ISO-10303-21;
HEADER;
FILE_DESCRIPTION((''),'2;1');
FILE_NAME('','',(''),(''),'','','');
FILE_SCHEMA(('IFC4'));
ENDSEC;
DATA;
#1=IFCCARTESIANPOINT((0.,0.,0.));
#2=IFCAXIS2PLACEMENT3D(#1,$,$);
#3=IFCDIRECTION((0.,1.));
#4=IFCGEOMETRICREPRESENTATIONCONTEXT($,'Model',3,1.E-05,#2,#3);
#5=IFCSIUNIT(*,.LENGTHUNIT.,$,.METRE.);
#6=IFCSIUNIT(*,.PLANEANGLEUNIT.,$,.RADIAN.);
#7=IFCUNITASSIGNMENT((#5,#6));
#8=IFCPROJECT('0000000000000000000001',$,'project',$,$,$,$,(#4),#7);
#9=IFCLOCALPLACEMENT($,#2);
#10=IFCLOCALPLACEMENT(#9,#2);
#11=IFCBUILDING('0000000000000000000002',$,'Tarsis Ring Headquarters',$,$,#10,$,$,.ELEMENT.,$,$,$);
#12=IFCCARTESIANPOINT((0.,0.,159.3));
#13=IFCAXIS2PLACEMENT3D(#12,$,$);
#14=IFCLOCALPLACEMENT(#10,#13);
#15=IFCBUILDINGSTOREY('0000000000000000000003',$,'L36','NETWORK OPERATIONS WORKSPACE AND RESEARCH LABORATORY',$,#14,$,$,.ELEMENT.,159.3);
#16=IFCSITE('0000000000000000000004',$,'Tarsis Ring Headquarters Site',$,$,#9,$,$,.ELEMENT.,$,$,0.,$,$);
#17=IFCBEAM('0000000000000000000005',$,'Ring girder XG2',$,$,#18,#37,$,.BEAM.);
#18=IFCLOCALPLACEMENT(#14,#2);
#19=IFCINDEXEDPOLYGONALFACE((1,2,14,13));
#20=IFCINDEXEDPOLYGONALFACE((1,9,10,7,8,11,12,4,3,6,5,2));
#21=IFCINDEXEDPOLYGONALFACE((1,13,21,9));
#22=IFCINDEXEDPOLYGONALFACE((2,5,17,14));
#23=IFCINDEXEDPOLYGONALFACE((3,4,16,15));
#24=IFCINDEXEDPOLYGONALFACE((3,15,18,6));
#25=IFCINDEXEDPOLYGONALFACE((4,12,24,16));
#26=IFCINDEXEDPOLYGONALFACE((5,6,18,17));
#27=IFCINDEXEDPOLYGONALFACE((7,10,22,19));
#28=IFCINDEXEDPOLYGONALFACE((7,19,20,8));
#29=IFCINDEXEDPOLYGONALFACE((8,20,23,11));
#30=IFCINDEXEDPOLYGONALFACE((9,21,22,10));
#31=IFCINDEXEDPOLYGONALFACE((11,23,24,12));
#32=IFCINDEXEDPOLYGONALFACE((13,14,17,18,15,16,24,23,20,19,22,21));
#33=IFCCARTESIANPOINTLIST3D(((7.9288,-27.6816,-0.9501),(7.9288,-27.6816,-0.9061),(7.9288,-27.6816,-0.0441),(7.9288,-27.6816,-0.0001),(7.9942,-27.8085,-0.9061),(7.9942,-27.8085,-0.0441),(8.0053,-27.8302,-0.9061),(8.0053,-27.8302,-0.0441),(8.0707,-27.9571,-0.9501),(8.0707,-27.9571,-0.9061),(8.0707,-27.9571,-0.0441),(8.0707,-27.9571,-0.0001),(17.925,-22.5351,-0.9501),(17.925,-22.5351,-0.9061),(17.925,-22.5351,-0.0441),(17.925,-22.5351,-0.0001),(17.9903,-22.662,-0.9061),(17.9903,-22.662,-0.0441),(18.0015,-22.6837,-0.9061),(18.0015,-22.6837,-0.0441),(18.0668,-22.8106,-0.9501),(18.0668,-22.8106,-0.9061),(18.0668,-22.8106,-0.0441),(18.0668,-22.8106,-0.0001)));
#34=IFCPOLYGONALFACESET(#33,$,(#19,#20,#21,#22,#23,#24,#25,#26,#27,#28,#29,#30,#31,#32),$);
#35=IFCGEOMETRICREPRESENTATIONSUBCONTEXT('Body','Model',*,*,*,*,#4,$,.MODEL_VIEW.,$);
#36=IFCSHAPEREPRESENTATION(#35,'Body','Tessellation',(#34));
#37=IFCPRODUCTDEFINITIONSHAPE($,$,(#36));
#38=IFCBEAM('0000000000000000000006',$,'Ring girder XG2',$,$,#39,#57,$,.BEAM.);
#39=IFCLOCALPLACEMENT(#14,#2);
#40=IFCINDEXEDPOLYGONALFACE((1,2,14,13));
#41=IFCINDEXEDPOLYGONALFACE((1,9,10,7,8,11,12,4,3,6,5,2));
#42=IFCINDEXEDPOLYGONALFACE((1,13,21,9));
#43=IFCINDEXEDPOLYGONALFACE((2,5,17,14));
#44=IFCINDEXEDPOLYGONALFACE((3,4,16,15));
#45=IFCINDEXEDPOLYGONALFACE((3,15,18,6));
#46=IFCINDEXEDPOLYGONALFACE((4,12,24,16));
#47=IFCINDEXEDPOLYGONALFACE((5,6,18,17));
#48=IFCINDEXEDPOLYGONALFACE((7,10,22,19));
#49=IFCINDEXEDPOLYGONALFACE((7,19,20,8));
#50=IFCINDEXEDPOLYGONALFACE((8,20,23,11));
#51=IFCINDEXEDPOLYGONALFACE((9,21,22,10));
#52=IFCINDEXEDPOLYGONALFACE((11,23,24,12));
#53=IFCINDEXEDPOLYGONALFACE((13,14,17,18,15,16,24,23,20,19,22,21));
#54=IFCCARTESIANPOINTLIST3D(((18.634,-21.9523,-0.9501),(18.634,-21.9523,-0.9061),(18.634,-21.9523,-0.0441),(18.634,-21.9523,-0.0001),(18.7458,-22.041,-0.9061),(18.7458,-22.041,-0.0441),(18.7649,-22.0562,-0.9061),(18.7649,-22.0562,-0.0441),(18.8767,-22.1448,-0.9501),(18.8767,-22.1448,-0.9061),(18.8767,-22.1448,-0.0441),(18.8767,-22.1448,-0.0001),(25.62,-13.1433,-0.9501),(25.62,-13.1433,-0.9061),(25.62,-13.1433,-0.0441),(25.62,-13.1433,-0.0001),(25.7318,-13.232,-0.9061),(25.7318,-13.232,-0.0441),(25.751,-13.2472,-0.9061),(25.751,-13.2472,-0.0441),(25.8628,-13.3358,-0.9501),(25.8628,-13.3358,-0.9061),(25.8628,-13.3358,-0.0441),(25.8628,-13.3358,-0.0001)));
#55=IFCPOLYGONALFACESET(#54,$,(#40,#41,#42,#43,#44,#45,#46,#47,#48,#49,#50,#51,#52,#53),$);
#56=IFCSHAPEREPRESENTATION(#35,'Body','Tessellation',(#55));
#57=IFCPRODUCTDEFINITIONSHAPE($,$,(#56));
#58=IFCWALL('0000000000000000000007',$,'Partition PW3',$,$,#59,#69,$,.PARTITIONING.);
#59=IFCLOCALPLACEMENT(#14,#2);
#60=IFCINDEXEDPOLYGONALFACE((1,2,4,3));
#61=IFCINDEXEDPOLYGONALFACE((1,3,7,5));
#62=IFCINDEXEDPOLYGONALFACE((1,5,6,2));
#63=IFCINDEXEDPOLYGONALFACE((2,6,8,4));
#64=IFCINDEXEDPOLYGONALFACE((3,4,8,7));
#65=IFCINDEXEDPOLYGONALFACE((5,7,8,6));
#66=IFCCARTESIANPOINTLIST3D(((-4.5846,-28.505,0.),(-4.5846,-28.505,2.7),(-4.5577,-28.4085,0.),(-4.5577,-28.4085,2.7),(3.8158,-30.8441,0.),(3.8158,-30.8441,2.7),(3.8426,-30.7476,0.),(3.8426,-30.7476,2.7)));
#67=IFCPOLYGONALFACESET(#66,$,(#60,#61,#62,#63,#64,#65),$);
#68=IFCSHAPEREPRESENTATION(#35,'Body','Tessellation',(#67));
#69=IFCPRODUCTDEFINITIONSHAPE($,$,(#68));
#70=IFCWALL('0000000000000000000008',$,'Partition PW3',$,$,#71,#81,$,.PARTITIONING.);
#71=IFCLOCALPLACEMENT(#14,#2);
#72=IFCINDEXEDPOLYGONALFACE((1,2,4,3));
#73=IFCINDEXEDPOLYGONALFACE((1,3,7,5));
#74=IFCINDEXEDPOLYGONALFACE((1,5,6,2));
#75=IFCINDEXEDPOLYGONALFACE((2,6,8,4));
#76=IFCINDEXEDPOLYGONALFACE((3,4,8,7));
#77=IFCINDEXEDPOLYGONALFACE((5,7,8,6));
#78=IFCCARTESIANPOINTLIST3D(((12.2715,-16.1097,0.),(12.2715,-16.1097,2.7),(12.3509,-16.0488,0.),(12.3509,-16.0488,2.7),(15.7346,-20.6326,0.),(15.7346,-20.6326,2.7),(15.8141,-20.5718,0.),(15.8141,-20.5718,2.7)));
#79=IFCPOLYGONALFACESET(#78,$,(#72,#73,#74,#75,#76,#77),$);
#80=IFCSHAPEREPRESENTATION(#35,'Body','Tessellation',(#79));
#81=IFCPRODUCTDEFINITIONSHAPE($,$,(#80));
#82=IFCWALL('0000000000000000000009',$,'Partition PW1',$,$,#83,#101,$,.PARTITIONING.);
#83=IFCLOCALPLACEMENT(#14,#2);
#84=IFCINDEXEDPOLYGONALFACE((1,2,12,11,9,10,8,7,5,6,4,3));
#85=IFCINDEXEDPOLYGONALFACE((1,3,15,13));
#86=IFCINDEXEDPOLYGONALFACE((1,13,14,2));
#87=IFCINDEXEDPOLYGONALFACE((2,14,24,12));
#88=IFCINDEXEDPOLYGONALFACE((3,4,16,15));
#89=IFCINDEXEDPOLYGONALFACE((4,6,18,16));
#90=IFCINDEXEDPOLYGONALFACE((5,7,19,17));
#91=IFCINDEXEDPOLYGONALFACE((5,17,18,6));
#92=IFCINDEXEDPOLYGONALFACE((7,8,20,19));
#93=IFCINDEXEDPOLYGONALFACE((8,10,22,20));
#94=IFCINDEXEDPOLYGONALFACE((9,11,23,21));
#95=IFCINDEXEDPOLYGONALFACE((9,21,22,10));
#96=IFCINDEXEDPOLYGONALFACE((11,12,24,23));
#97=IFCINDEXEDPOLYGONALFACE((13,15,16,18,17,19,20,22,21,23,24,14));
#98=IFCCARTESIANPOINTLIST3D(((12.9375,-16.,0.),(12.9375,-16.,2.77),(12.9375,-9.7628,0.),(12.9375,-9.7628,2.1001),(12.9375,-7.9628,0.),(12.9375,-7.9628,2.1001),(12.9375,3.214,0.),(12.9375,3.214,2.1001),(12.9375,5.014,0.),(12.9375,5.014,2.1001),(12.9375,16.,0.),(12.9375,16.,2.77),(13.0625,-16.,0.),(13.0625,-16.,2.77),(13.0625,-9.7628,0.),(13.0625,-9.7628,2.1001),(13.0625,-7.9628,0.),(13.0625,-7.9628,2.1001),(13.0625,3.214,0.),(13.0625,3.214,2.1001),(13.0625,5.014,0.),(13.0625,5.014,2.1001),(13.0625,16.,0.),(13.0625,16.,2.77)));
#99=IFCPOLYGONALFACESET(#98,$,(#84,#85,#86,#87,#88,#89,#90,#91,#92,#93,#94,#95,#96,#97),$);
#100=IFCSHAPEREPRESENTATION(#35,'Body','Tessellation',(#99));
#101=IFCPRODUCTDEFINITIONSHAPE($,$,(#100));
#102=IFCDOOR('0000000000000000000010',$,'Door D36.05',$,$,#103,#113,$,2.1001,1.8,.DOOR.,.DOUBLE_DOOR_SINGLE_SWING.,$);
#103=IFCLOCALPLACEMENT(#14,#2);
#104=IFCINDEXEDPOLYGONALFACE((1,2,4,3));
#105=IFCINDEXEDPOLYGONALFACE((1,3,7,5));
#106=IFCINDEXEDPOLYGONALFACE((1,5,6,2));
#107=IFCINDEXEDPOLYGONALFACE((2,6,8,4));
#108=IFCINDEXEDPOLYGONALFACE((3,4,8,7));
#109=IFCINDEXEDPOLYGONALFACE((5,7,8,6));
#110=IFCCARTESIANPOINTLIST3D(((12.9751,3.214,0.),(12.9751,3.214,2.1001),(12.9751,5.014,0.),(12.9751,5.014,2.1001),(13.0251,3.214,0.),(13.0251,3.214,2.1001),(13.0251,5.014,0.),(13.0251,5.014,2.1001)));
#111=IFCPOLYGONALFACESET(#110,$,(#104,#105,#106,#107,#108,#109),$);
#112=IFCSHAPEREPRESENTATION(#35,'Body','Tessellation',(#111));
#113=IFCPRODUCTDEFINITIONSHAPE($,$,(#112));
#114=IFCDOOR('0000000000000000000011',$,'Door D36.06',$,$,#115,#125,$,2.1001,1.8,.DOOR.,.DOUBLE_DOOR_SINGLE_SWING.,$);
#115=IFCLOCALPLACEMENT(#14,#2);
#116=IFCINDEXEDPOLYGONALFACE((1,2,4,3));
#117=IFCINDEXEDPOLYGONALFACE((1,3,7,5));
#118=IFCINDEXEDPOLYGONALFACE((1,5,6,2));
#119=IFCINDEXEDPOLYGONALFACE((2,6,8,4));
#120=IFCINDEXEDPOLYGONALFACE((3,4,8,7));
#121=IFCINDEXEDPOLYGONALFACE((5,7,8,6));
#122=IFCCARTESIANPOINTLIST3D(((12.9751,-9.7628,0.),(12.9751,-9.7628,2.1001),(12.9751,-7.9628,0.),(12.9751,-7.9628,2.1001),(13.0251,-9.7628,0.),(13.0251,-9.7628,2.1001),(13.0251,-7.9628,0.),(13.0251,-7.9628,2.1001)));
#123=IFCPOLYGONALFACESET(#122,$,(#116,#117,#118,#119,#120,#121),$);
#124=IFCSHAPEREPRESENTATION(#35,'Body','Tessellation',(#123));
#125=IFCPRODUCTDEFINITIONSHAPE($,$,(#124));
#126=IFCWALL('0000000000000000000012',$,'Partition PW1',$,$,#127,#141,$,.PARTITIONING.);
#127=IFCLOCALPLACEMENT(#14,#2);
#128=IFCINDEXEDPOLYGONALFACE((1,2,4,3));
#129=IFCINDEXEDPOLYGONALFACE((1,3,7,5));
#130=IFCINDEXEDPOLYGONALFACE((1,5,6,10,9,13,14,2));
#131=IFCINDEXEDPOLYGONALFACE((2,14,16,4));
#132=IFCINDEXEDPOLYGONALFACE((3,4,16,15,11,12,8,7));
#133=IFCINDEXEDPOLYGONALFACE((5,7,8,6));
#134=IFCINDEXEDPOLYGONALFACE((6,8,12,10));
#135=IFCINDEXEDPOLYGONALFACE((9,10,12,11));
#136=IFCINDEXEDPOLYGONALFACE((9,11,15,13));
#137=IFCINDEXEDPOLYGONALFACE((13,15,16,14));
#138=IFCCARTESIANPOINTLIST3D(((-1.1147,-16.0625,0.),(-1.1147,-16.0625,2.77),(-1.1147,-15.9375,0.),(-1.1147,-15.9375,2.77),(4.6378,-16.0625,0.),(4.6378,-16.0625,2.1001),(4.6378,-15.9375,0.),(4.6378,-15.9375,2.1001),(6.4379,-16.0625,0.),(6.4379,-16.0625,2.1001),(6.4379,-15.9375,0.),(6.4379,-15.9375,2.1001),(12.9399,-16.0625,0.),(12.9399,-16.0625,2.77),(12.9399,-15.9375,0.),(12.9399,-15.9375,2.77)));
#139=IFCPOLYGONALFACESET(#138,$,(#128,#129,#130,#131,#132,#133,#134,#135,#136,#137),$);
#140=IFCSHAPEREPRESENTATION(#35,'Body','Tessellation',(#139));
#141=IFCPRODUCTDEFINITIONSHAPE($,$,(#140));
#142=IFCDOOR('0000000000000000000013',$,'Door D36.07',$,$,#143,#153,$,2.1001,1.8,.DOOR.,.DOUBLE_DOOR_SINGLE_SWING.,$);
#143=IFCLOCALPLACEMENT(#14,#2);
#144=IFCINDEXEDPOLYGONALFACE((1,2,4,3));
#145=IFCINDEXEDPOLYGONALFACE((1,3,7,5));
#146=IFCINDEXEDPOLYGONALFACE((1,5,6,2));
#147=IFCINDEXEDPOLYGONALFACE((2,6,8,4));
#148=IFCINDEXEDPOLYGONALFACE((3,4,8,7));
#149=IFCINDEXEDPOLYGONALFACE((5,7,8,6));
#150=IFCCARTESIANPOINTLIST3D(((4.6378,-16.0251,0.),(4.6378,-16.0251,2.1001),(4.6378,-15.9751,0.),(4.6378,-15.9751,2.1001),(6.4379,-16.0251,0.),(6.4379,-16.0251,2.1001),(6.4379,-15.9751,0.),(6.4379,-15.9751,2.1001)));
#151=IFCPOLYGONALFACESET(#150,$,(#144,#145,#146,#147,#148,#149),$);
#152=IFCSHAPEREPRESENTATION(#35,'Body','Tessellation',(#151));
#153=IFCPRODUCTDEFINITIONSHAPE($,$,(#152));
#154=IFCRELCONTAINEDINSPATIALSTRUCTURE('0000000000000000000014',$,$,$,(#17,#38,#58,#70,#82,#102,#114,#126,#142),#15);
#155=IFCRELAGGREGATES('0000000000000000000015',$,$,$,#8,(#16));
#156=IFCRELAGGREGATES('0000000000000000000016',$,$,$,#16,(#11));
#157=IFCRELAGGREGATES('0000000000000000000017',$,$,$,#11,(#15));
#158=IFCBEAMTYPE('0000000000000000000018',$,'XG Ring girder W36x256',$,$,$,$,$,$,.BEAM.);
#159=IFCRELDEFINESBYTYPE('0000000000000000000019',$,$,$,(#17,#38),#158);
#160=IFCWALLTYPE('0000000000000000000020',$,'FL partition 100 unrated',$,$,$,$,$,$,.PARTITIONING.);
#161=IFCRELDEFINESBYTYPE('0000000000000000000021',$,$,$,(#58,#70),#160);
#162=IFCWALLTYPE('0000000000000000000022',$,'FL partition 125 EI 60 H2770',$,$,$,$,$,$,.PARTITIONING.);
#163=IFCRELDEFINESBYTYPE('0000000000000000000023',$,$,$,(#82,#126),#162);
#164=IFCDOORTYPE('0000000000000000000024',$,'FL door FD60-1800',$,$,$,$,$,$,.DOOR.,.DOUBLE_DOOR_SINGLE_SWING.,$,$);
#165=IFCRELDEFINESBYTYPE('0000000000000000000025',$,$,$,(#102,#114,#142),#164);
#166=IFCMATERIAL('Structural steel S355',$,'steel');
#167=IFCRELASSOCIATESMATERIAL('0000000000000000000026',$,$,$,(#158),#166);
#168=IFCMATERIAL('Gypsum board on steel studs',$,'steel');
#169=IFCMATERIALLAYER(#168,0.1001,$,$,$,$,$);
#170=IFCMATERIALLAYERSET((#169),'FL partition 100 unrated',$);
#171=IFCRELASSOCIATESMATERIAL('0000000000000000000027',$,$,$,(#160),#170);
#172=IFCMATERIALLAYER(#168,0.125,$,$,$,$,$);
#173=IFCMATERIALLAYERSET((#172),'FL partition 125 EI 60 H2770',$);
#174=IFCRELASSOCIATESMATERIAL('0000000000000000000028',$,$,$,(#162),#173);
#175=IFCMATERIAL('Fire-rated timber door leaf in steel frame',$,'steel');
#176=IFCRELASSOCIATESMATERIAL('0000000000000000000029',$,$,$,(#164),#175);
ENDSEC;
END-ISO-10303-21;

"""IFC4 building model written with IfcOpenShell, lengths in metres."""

from ifc_helpers import new_model, si_unit, direction, frame, frame_2d, origin, origin_2d, place, context, subcontext, project, spatial, rectangle, i_section, extrude, material, layer, layer_set, material_profile, profile_set, type_object, element, fill, save


model = new_model("IFC4")

# Units and contexts
model_context = context("Model", 3, precision=1e-05, world=origin(), true_north=direction((0.0, 1.0)))
body_context = subcontext(model_context, "Body", "Model", "MODEL_VIEW")
ifc_project = project(units=[si_unit("LENGTHUNIT", "METRE"), si_unit("PLANEANGLEUNIT", "RADIAN")], contexts=[model_context])

# Site, building, storey
site_placement = place(None, origin())
site = spatial("IfcSite", under=ifc_project, at=site_placement, Name="Tarsis Ring Headquarters Site", CompositionType="ELEMENT", RefElevation=0.0)
building_placement = place(site_placement, origin())
building = spatial("IfcBuilding", under=site, at=building_placement, Name="Tarsis Ring Headquarters", CompositionType="ELEMENT")
storey_placement = place(building_placement, frame((0.0, 0.0, 159.3)))
storey = spatial("IfcBuildingStorey", under=building, at=storey_placement, Name="L36", Description="NETWORK OPERATIONS WORKSPACE AND RESEARCH LABORATORY", CompositionType="ELEMENT", Elevation=159.3)

# Shared definitions
ifc_material_1 = material(Name="Structural steel S355", Category="steel")

# Beams
ifc_material_profile_1 = material_profile(ifc_material_1, i_section(OverallWidth=0.3098, OverallDepth=0.95, WebThickness=0.0244, FlangeThickness=0.0439, at=origin_2d()), Name="W36x256")
ifc_profile_set_1 = profile_set([ifc_material_profile_1], Name="Structural steel S355")
beam_type = type_object("IfcBeamType", Name="XG Ring girder W36x256", PredefinedType="BEAM", material=ifc_profile_set_1)
beam_1_placement = place(storey_placement, frame((7.9998, -27.8193, -0.4751), z_axis=(0.889084, 0.457744, 0.0), x_axis=(-0.457744, 0.889084, 0.0)))
element("IfcBeam", 1, at=beam_1_placement, inside=storey, type_object=beam_type, Name="Ring girder XG2", PredefinedType="BEAM", context=body_context, shape_type="SweptSolid", body=[
    extrude(i_section(OverallWidth=0.3098, OverallDepth=0.95, WebThickness=0.0244, FlangeThickness=0.0439, at=origin_2d()), origin(), (0.0, 0.0, 1.0), 11.2432),
])
beam_2_placement = place(storey_placement, frame((18.7554, -22.0486, -0.4751), z_axis=(0.621371, 0.783516, 0.0), x_axis=(-0.783516, 0.621371, 0.0)))
element("IfcBeam", 2, at=beam_2_placement, inside=storey, type_object=beam_type, Name="Ring girder XG2", PredefinedType="BEAM", context=body_context, shape_type="SweptSolid", body=[
    extrude(i_section(OverallWidth=0.3098, OverallDepth=0.95, WebThickness=0.0244, FlangeThickness=0.0439, at=origin_2d()), origin(), (0.0, 0.0, 1.0), 11.2429),
])

# Walls
ifc_material_2 = material(Name="Gypsum board on steel studs", Category="steel")
ifc_layer_1 = layer(ifc_material_2, 0.1001)
ifc_layer_set_1 = layer_set([ifc_layer_1], Name="FL partition 100 unrated")
wall_type_1 = type_object("IfcWallType", Name="FL partition 100 unrated", PredefinedType="PARTITIONING", material=ifc_layer_set_1)
wall_1_placement = place(storey_placement, frame((-4.571, -28.4568, 0.0), z_axis=(0.0, 0.0, 1.0), x_axis=(0.96335, -0.268247, 0.0)))
element("IfcWall", 3, at=wall_1_placement, inside=storey, type_object=wall_type_1, Name="Partition PW3", PredefinedType="PARTITIONING", context=body_context, shape_type="SweptSolid", body=[
    extrude(rectangle(XDim=8.72, YDim=0.1001, at=frame_2d((4.3599, 0.0))), origin(), (0.0, 0.0, 1.0), 2.7),
])
wall_2_placement = place(storey_placement, frame((12.3113, -16.0793, 0.0), z_axis=(0.0, 0.0, 1.0), x_axis=(0.607938, -0.793984, 0.0)))
element("IfcWall", 4, at=wall_2_placement, inside=storey, type_object=wall_type_1, Name="Partition PW3", PredefinedType="PARTITIONING", context=body_context, shape_type="SweptSolid", body=[
    extrude(rectangle(XDim=5.6965, YDim=0.1001, at=frame_2d((2.8481, 0.0))), origin(), (0.0, 0.0, 1.0), 2.7),
])

# Wall, openings, doors
ifc_layer_2 = layer(ifc_material_2, 0.125)
ifc_layer_set_2 = layer_set([ifc_layer_2], Name="FL partition 125 EI 60 H2770")
wall_type_2 = type_object("IfcWallType", Name="FL partition 125 EI 60 H2770", PredefinedType="PARTITIONING", material=ifc_layer_set_2)
wall_3_placement = place(storey_placement, frame((13.0, -16.0, 0.0), z_axis=(0.0, 0.0, 1.0), x_axis=(0.0, 1.0, 0.0)))
wall_3 = element("IfcWall", 5, at=wall_3_placement, inside=storey, type_object=wall_type_2, Name="Partition PW1", PredefinedType="PARTITIONING", context=body_context, shape_type="SweptSolid", body=[
    extrude(rectangle(XDim=32.0, YDim=0.125, at=frame_2d((16.0, 0.0))), origin(), (0.0, 0.0, 1.0), 2.77),
])
opening_1_placement = place(wall_3_placement, frame((19.2141, 0.0, 0.0)))
opening_1 = element("IfcOpeningElement", 6, at=opening_1_placement, cuts=wall_3, PredefinedType="OPENING", context=body_context, shape_type="SweptSolid", body=[
    extrude(rectangle(XDim=1.8, YDim=2.1001, at=frame_2d((0.8999, 1.05))), frame((0.0, 0.0725, 0.0), z_axis=(0.0, -1.0, 0.0), x_axis=(1.0, 0.0, 0.0)), (0.0, 0.0, 1.0), 0.145),
])
opening_2_placement = place(wall_3_placement, frame((6.2373, 0.0, 0.0)))
opening_2 = element("IfcOpeningElement", 7, at=opening_2_placement, cuts=wall_3, PredefinedType="OPENING", context=body_context, shape_type="SweptSolid", body=[
    extrude(rectangle(XDim=1.8, YDim=2.1001, at=frame_2d((0.8999, 1.05))), frame((0.0, 0.0725, 0.0), z_axis=(0.0, -1.0, 0.0), x_axis=(1.0, 0.0, 0.0)), (0.0, 0.0, 1.0), 0.145),
])
ifc_material_3 = material(Name="Fire-rated timber door leaf in steel frame", Category="steel")
door_type = type_object("IfcDoorType", Name="FL door FD60-1800", OperationType="DOUBLE_DOOR_SINGLE_SWING", PredefinedType="DOOR", material=ifc_material_3)
door_1_placement = place(opening_1_placement, origin())
door_1 = element("IfcDoor", 8, at=door_1_placement, inside=storey, type_object=door_type, Name="Door D36.05", OperationType="DOUBLE_DOOR_SINGLE_SWING", OverallHeight=2.1001, OverallWidth=1.8, PredefinedType="DOOR", context=body_context, shape_type="SweptSolid", body=[
    extrude(rectangle(XDim=1.8, YDim=2.1001, at=frame_2d((0.8999, 1.05))), frame((0.0, 0.0249, 0.0), z_axis=(0.0, -1.0, 0.0), x_axis=(1.0, 0.0, 0.0)), (0.0, 0.0, 1.0), 0.05),
])
fill(opening_1, door_1)
door_2_placement = place(opening_2_placement, origin())
door_2 = element("IfcDoor", 9, at=door_2_placement, inside=storey, type_object=door_type, Name="Door D36.06", OperationType="DOUBLE_DOOR_SINGLE_SWING", OverallHeight=2.1001, OverallWidth=1.8, PredefinedType="DOOR", context=body_context, shape_type="SweptSolid", body=[
    extrude(rectangle(XDim=1.8, YDim=2.1001, at=frame_2d((0.8999, 1.05))), frame((0.0, 0.0249, 0.0), z_axis=(0.0, -1.0, 0.0), x_axis=(1.0, 0.0, 0.0)), (0.0, 0.0, 1.0), 0.05),
])
fill(opening_2, door_2)

# Wall, opening, door
wall_4_placement = place(storey_placement, frame((-1.1147, -16.0, 0.0), z_axis=(0.0, 0.0, 1.0), x_axis=(1.0, 0.0, 0.0)))
wall_4 = element("IfcWall", 10, at=wall_4_placement, inside=storey, type_object=wall_type_2, Name="Partition PW1", PredefinedType="PARTITIONING", context=body_context, shape_type="SweptSolid", body=[
    extrude(rectangle(XDim=14.0547, YDim=0.125, at=frame_2d((7.0273, 0.0))), origin(), (0.0, 0.0, 1.0), 2.77),
])
opening_3_placement = place(wall_4_placement, frame((5.7527, 0.0, 0.0)))
opening_3 = element("IfcOpeningElement", 11, at=opening_3_placement, cuts=wall_4, PredefinedType="OPENING", context=body_context, shape_type="SweptSolid", body=[
    extrude(rectangle(XDim=1.8, YDim=2.1001, at=frame_2d((0.8999, 1.05))), frame((0.0, 0.0725, 0.0), z_axis=(0.0, -1.0, 0.0), x_axis=(1.0, 0.0, 0.0)), (0.0, 0.0, 1.0), 0.145),
])
door_3_placement = place(opening_3_placement, origin())
door_3 = element("IfcDoor", 12, at=door_3_placement, inside=storey, type_object=door_type, Name="Door D36.07", OperationType="DOUBLE_DOOR_SINGLE_SWING", OverallHeight=2.1001, OverallWidth=1.8, PredefinedType="DOOR", context=body_context, shape_type="SweptSolid", body=[
    extrude(rectangle(XDim=1.8, YDim=2.1001, at=frame_2d((0.8999, 1.05))), frame((0.0, 0.0249, 0.0), z_axis=(0.0, -1.0, 0.0), x_axis=(1.0, 0.0, 0.0)), (0.0, 0.0, 1.0), 0.05),
])
fill(opening_3, door_3)

save(model, "model.ifc")
